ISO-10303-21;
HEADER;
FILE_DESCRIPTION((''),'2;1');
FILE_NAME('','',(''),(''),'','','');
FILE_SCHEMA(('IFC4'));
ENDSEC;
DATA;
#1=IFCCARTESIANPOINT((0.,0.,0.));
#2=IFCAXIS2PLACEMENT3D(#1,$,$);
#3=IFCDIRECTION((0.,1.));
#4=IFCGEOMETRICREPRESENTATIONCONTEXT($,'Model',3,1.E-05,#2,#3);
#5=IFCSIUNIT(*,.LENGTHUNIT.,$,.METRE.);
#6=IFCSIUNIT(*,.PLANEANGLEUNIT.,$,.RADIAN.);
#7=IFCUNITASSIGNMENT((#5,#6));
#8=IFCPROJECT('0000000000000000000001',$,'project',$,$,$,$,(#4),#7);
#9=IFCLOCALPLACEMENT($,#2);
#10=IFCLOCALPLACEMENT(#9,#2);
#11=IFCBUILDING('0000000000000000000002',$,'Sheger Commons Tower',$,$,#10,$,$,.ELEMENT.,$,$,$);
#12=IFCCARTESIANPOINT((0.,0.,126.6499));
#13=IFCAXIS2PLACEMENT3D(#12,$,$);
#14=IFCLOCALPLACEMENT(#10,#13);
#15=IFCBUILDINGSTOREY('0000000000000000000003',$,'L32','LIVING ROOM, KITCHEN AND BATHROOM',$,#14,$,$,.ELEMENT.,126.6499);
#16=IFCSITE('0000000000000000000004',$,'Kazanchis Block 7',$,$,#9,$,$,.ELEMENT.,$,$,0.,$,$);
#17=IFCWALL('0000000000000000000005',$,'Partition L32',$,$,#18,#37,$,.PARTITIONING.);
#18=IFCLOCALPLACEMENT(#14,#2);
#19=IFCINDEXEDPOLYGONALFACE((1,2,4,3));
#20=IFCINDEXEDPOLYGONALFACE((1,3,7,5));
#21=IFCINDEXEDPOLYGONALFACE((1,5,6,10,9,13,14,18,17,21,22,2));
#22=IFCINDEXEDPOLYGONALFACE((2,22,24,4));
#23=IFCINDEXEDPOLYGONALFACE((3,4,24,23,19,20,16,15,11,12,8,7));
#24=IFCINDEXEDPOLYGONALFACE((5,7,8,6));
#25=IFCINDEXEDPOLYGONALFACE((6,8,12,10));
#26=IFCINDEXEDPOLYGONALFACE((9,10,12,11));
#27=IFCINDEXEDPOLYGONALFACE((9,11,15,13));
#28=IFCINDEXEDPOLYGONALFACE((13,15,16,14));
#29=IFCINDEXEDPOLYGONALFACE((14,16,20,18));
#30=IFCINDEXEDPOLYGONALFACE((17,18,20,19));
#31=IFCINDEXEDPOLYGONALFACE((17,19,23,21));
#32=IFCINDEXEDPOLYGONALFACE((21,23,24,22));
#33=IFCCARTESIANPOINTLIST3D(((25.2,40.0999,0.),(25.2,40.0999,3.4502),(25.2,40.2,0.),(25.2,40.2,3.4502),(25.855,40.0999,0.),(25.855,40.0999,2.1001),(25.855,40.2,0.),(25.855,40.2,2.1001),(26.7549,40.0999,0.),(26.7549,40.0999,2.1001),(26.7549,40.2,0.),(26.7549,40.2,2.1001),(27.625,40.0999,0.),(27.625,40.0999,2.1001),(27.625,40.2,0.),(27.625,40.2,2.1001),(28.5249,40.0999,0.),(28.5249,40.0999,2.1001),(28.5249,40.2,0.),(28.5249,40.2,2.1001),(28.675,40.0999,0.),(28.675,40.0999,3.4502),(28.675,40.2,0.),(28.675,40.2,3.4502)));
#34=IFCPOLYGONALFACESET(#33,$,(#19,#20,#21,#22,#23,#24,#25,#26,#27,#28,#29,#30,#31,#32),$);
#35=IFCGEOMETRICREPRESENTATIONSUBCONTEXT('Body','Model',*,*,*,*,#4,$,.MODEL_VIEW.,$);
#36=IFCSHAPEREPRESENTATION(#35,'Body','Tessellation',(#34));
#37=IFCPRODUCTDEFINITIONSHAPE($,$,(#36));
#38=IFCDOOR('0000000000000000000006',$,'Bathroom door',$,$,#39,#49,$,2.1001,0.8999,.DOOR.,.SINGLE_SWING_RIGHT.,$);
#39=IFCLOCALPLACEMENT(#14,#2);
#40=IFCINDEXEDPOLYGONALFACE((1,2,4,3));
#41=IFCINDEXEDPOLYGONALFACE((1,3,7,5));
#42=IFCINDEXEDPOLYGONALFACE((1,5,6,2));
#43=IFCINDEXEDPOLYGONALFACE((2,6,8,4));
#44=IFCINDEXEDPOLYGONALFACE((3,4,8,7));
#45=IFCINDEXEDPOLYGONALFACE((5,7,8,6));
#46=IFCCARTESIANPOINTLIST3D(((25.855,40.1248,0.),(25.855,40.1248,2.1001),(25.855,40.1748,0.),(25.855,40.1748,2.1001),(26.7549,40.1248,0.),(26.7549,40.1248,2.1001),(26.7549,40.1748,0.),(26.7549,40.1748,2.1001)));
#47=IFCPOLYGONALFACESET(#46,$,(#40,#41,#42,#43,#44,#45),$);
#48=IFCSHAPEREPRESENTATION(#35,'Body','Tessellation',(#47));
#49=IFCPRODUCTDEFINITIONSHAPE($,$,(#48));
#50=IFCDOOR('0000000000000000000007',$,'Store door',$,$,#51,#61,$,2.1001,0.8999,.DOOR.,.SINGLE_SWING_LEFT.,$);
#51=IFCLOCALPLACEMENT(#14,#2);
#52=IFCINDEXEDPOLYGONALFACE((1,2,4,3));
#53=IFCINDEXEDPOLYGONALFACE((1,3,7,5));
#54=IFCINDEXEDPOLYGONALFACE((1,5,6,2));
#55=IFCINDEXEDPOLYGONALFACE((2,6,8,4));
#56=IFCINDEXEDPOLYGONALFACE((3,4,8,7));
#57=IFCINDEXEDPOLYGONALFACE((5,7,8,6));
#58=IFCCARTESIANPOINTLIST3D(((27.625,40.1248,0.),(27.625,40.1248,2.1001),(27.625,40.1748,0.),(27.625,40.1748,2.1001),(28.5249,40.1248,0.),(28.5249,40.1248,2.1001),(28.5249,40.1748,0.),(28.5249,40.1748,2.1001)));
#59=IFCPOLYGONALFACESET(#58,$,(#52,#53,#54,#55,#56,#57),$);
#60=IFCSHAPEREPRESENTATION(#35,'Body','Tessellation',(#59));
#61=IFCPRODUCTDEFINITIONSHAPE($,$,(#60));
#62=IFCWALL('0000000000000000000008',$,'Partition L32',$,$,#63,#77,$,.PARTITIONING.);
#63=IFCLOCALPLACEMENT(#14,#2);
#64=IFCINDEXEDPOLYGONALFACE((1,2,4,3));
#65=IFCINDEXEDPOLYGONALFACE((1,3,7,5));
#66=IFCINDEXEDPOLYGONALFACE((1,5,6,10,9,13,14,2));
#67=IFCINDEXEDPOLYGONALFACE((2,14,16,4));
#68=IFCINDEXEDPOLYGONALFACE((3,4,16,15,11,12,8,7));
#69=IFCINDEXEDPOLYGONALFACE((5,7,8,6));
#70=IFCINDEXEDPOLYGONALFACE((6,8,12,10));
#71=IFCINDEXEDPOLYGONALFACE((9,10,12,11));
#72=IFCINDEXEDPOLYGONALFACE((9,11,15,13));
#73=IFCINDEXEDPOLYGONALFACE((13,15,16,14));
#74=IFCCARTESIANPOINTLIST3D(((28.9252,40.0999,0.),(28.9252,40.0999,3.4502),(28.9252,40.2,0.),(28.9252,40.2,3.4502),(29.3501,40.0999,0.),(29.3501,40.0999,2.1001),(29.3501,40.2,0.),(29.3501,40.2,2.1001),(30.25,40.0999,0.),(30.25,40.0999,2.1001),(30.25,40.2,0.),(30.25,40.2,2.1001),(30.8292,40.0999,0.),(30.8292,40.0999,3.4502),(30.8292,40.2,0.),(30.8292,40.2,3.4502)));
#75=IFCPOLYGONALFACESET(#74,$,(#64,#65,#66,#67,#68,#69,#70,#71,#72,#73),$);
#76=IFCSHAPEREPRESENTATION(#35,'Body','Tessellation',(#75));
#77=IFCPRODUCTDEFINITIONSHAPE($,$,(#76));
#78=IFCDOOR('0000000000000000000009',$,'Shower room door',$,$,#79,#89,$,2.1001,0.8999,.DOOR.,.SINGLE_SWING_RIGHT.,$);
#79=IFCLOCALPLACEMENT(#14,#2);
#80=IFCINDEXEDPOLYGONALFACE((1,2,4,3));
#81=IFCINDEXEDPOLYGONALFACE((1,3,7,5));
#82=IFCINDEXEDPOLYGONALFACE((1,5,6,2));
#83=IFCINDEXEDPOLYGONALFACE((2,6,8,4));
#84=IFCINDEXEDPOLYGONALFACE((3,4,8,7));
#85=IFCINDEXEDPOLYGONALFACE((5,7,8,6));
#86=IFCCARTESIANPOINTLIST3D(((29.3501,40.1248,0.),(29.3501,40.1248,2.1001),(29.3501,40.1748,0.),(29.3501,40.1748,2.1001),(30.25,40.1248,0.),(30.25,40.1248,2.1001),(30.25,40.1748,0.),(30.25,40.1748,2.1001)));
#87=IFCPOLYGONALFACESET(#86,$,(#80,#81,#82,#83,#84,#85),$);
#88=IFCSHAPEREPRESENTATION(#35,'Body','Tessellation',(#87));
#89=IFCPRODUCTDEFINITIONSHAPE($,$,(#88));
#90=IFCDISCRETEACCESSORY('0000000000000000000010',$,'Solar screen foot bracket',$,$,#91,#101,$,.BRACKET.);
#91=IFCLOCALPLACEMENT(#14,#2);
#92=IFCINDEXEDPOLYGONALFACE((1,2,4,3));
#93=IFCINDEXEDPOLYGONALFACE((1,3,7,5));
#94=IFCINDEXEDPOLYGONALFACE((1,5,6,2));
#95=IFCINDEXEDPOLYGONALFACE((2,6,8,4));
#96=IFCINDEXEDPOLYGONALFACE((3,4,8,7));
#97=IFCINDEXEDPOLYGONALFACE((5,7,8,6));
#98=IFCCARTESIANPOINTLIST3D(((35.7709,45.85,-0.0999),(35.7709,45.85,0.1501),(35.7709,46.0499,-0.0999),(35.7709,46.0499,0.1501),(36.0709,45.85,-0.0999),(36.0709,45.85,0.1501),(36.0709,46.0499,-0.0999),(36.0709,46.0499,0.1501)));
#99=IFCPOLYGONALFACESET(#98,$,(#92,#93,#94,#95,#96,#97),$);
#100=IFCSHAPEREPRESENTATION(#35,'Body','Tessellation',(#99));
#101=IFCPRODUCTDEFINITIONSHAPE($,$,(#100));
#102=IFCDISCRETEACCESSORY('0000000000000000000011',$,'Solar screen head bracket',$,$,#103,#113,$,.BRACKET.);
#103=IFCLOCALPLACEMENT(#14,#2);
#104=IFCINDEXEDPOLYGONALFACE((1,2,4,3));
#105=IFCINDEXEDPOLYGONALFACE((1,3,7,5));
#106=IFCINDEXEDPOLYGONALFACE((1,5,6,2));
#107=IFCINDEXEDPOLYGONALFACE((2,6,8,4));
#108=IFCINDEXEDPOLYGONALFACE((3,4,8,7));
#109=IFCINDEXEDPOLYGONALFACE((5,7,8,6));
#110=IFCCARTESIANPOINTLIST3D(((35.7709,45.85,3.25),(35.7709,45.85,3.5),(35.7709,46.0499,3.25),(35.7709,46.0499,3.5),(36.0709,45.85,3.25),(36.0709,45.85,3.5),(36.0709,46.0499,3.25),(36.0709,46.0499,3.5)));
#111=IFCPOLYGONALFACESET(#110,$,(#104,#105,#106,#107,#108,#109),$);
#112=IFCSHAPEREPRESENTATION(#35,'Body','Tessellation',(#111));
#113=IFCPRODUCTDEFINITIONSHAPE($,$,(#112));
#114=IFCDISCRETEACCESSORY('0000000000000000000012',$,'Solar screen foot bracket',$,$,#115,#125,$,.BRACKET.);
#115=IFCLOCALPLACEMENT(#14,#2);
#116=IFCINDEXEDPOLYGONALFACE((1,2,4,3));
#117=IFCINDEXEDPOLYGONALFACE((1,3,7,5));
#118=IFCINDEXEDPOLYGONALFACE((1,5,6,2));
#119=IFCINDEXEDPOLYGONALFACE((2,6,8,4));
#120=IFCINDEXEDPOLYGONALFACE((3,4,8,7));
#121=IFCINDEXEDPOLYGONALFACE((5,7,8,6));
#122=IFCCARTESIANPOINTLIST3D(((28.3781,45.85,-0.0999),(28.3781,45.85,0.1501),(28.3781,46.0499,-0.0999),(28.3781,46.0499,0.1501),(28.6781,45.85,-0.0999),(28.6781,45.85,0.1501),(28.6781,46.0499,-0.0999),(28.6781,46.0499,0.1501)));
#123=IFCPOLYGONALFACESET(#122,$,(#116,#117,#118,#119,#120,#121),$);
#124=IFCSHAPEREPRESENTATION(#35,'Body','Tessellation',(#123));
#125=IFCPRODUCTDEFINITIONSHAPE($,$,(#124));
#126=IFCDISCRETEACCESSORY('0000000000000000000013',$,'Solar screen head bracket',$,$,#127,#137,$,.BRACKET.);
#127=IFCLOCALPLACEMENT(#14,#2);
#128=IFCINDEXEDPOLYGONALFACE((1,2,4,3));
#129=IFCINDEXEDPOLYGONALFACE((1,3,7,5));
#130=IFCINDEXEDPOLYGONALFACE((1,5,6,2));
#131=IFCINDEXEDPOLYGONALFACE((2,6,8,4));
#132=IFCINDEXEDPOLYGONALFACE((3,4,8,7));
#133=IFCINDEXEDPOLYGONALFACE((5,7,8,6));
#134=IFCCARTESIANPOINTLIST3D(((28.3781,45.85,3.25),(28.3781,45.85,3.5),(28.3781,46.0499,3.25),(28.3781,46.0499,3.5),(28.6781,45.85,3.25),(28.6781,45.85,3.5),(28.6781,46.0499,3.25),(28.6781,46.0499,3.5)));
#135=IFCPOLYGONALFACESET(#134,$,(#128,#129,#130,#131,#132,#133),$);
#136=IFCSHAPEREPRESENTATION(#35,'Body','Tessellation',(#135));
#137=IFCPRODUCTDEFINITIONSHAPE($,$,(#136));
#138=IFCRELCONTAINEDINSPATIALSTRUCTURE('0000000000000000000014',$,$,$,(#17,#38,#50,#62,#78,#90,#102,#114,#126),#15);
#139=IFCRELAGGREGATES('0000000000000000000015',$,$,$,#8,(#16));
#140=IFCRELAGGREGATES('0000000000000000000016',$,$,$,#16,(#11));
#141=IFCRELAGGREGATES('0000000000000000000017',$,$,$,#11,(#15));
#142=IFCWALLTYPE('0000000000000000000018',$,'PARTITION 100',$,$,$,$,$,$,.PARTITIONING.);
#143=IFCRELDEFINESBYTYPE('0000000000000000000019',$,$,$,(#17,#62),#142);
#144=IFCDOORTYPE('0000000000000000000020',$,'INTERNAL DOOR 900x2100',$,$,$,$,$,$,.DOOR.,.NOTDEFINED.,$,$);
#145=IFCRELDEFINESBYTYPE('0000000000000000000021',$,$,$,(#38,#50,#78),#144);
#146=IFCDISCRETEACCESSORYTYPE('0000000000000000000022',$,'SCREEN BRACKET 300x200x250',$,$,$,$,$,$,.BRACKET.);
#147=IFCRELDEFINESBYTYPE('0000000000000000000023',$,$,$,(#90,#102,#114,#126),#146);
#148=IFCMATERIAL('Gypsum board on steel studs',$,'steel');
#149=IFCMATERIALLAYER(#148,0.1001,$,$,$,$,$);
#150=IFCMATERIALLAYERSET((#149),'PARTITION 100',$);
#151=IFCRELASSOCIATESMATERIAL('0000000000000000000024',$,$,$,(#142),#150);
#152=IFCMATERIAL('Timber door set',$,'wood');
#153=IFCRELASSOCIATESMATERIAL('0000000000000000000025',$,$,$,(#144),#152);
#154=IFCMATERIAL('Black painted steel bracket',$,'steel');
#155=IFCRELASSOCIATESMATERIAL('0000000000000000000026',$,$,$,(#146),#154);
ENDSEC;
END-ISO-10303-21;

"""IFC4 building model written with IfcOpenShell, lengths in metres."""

from ifc_helpers import new_model, si_unit, direction, frame, frame_2d, origin, origin_2d, place, context, subcontext, project, spatial, rectangle, extrude, material, layer, layer_set, type_object, element, fill, save


model = new_model("IFC4")

# Units and contexts
model_context = context("Model", 3, precision=1e-05, world=origin(), true_north=direction((0.0, 1.0)))
body_context = subcontext(model_context, "Body", "Model", "MODEL_VIEW")
ifc_project = project(units=[si_unit("LENGTHUNIT", "METRE"), si_unit("PLANEANGLEUNIT", "RADIAN")], contexts=[model_context])

# Site, building, storey
site_placement = place(None, origin())
site = spatial("IfcSite", under=ifc_project, at=site_placement, Name="Kazanchis Block 7", CompositionType="ELEMENT", RefElevation=0.0)
building_placement = place(site_placement, origin())
building = spatial("IfcBuilding", under=site, at=building_placement, Name="Sheger Commons Tower", CompositionType="ELEMENT")
storey_placement = place(building_placement, frame((0.0, 0.0, 126.6499)))
storey = spatial("IfcBuildingStorey", under=building, at=storey_placement, Name="L32", Description="LIVING ROOM, KITCHEN AND BATHROOM", CompositionType="ELEMENT", Elevation=126.6499)

# Shared definitions
ifc_material_1 = material(Name="Gypsum board on steel studs", Category="steel")
ifc_layer_1 = layer(ifc_material_1, 0.1001)
ifc_layer_set_1 = layer_set([ifc_layer_1], Name="PARTITION 100")
wall_type_1 = type_object("IfcWallType", Name="PARTITION 100", PredefinedType="PARTITIONING", material=ifc_layer_set_1)

# Wall, openings, doors
wall_1_placement = place(storey_placement, frame((25.2, 40.1499, 0.0), z_axis=(0.0, 0.0, 1.0), x_axis=(1.0, 0.0, 0.0)))
wall_1 = element("IfcWall", 1, at=wall_1_placement, inside=storey, type_object=wall_type_1, Name="Partition L32", PredefinedType="PARTITIONING", context=body_context, shape_type="SweptSolid", body=[
    extrude(rectangle(XDim=3.4751, YDim=0.1001, at=frame_2d((1.7375, 0.0))), origin(), (0.0, 0.0, 1.0), 3.4502),
])
opening_1_placement = place(wall_1_placement, frame((0.655, 0.0, 0.0)))
opening_1 = element("IfcOpeningElement", 2, at=opening_1_placement, cuts=wall_1, PredefinedType="OPENING", context=body_context, shape_type="SweptSolid", body=[
    extrude(rectangle(XDim=0.8999, YDim=2.1001, at=frame_2d((0.45, 1.05))), frame((0.0, 0.0601, 0.0), z_axis=(0.0, -1.0, 0.0), x_axis=(1.0, 0.0, 0.0)), (0.0, 0.0, 1.0), 0.1201),
])
opening_2_placement = place(wall_1_placement, frame((2.425, 0.0, 0.0)))
opening_2 = element("IfcOpeningElement", 3, at=opening_2_placement, cuts=wall_1, PredefinedType="OPENING", context=body_context, shape_type="SweptSolid", body=[
    extrude(rectangle(XDim=0.8999, YDim=2.1001, at=frame_2d((0.45, 1.05))), frame((0.0, 0.0601, 0.0), z_axis=(0.0, -1.0, 0.0), x_axis=(1.0, 0.0, 0.0)), (0.0, 0.0, 1.0), 0.1201),
])
ifc_material_2 = material(Name="Timber door set", Category="wood")
door_type_1 = type_object("IfcDoorType", Name="INTERNAL DOOR 900x2100", OperationType="NOTDEFINED", PredefinedType="DOOR", material=ifc_material_2)
door_1_placement = place(opening_1_placement, origin())
door_1 = element("IfcDoor", 4, at=door_1_placement, inside=storey, type_object=door_type_1, Name="Bathroom door", OperationType="SINGLE_SWING_RIGHT", OverallHeight=2.1001, OverallWidth=0.8999, PredefinedType="DOOR", context=body_context, shape_type="SweptSolid", body=[
    extrude(rectangle(XDim=0.8999, YDim=2.1001, at=frame_2d((0.45, 1.05))), frame((0.0, 0.0249, 0.0), z_axis=(0.0, -1.0, 0.0), x_axis=(1.0, 0.0, 0.0)), (0.0, 0.0, 1.0), 0.05),
])
fill(opening_1, door_1)
door_2_placement = place(opening_2_placement, origin())
door_2 = element("IfcDoor", 5, at=door_2_placement, inside=storey, type_object=door_type_1, Name="Store door", OperationType="SINGLE_SWING_LEFT", OverallHeight=2.1001, OverallWidth=0.8999, PredefinedType="DOOR", context=body_context, shape_type="SweptSolid", body=[
    extrude(rectangle(XDim=0.8999, YDim=2.1001, at=frame_2d((0.45, 1.05))), frame((0.0, 0.0249, 0.0), z_axis=(0.0, -1.0, 0.0), x_axis=(1.0, 0.0, 0.0)), (0.0, 0.0, 1.0), 0.05),
])
fill(opening_2, door_2)

# Wall, opening, door
wall_2_placement = place(storey_placement, frame((28.925, 40.1499, 0.0), z_axis=(0.0, 0.0, 1.0), x_axis=(1.0, 0.0, 0.0)))
wall_2 = element("IfcWall", 6, at=wall_2_placement, inside=storey, type_object=wall_type_1, Name="Partition L32", PredefinedType="PARTITIONING", context=body_context, shape_type="SweptSolid", body=[
    extrude(rectangle(XDim=1.9041, YDim=0.1001, at=frame_2d((0.9521, 0.0))), origin(), (0.0, 0.0, 1.0), 3.4502),
])
opening_3_placement = place(wall_2_placement, frame((0.425, 0.0, 0.0)))
opening_3 = element("IfcOpeningElement", 7, at=opening_3_placement, cuts=wall_2, PredefinedType="OPENING", context=body_context, shape_type="SweptSolid", body=[
    extrude(rectangle(XDim=0.8999, YDim=2.1001, at=frame_2d((0.45, 1.05))), frame((0.0, 0.0601, 0.0), z_axis=(0.0, -1.0, 0.0), x_axis=(1.0, 0.0, 0.0)), (0.0, 0.0, 1.0), 0.1201),
])
door_3_placement = place(opening_3_placement, origin())
door_3 = element("IfcDoor", 8, at=door_3_placement, inside=storey, type_object=door_type_1, Name="Shower room door", OperationType="SINGLE_SWING_RIGHT", OverallHeight=2.1001, OverallWidth=0.8999, PredefinedType="DOOR", context=body_context, shape_type="SweptSolid", body=[
    extrude(rectangle(XDim=0.8999, YDim=2.1001, at=frame_2d((0.45, 1.05))), frame((0.0, 0.0249, 0.0), z_axis=(0.0, -1.0, 0.0), x_axis=(1.0, 0.0, 0.0)), (0.0, 0.0, 1.0), 0.05),
])
fill(opening_3, door_3)

# Discrete accessories
ifc_material_3 = material(Name="Black painted steel bracket", Category="steel")
discrete_accessory_type = type_object("IfcDiscreteAccessoryType", Name="SCREEN BRACKET 300x200x250", PredefinedType="BRACKET", material=ifc_material_3)
for number, where, z_axis, x_axis, name in (
    (9, (35.9209, 45.95, -0.0999), (0.0, 0.0, 1.0), (-1.0, 0.0, 0.0), "Solar screen foot bracket"),
    (10, (35.9209, 45.95, 3.25), (0.0, 0.0, 1.0), (-1.0, 0.0, 0.0), "Solar screen head bracket"),
    (11, (28.5281, 45.95, -0.0999), (0.0, 0.0, 1.0), (-1.0, 0.0, 0.0), "Solar screen foot bracket"),
    (12, (28.5281, 45.95, 3.25), (0.0, 0.0, 1.0), (-1.0, 0.0, 0.0), "Solar screen head bracket"),
):
    element("IfcDiscreteAccessory", number, at=place(storey_placement, frame(where, z_axis=z_axis, x_axis=x_axis)), inside=storey, type_object=discrete_accessory_type, Name=name, PredefinedType="BRACKET", context=body_context, shape_type="SweptSolid", body=[
        extrude(rectangle(XDim=0.3, YDim=0.2, at=origin_2d()), origin(), (0.0, 0.0, 1.0), 0.25),
    ])

save(model, "model.ifc")
